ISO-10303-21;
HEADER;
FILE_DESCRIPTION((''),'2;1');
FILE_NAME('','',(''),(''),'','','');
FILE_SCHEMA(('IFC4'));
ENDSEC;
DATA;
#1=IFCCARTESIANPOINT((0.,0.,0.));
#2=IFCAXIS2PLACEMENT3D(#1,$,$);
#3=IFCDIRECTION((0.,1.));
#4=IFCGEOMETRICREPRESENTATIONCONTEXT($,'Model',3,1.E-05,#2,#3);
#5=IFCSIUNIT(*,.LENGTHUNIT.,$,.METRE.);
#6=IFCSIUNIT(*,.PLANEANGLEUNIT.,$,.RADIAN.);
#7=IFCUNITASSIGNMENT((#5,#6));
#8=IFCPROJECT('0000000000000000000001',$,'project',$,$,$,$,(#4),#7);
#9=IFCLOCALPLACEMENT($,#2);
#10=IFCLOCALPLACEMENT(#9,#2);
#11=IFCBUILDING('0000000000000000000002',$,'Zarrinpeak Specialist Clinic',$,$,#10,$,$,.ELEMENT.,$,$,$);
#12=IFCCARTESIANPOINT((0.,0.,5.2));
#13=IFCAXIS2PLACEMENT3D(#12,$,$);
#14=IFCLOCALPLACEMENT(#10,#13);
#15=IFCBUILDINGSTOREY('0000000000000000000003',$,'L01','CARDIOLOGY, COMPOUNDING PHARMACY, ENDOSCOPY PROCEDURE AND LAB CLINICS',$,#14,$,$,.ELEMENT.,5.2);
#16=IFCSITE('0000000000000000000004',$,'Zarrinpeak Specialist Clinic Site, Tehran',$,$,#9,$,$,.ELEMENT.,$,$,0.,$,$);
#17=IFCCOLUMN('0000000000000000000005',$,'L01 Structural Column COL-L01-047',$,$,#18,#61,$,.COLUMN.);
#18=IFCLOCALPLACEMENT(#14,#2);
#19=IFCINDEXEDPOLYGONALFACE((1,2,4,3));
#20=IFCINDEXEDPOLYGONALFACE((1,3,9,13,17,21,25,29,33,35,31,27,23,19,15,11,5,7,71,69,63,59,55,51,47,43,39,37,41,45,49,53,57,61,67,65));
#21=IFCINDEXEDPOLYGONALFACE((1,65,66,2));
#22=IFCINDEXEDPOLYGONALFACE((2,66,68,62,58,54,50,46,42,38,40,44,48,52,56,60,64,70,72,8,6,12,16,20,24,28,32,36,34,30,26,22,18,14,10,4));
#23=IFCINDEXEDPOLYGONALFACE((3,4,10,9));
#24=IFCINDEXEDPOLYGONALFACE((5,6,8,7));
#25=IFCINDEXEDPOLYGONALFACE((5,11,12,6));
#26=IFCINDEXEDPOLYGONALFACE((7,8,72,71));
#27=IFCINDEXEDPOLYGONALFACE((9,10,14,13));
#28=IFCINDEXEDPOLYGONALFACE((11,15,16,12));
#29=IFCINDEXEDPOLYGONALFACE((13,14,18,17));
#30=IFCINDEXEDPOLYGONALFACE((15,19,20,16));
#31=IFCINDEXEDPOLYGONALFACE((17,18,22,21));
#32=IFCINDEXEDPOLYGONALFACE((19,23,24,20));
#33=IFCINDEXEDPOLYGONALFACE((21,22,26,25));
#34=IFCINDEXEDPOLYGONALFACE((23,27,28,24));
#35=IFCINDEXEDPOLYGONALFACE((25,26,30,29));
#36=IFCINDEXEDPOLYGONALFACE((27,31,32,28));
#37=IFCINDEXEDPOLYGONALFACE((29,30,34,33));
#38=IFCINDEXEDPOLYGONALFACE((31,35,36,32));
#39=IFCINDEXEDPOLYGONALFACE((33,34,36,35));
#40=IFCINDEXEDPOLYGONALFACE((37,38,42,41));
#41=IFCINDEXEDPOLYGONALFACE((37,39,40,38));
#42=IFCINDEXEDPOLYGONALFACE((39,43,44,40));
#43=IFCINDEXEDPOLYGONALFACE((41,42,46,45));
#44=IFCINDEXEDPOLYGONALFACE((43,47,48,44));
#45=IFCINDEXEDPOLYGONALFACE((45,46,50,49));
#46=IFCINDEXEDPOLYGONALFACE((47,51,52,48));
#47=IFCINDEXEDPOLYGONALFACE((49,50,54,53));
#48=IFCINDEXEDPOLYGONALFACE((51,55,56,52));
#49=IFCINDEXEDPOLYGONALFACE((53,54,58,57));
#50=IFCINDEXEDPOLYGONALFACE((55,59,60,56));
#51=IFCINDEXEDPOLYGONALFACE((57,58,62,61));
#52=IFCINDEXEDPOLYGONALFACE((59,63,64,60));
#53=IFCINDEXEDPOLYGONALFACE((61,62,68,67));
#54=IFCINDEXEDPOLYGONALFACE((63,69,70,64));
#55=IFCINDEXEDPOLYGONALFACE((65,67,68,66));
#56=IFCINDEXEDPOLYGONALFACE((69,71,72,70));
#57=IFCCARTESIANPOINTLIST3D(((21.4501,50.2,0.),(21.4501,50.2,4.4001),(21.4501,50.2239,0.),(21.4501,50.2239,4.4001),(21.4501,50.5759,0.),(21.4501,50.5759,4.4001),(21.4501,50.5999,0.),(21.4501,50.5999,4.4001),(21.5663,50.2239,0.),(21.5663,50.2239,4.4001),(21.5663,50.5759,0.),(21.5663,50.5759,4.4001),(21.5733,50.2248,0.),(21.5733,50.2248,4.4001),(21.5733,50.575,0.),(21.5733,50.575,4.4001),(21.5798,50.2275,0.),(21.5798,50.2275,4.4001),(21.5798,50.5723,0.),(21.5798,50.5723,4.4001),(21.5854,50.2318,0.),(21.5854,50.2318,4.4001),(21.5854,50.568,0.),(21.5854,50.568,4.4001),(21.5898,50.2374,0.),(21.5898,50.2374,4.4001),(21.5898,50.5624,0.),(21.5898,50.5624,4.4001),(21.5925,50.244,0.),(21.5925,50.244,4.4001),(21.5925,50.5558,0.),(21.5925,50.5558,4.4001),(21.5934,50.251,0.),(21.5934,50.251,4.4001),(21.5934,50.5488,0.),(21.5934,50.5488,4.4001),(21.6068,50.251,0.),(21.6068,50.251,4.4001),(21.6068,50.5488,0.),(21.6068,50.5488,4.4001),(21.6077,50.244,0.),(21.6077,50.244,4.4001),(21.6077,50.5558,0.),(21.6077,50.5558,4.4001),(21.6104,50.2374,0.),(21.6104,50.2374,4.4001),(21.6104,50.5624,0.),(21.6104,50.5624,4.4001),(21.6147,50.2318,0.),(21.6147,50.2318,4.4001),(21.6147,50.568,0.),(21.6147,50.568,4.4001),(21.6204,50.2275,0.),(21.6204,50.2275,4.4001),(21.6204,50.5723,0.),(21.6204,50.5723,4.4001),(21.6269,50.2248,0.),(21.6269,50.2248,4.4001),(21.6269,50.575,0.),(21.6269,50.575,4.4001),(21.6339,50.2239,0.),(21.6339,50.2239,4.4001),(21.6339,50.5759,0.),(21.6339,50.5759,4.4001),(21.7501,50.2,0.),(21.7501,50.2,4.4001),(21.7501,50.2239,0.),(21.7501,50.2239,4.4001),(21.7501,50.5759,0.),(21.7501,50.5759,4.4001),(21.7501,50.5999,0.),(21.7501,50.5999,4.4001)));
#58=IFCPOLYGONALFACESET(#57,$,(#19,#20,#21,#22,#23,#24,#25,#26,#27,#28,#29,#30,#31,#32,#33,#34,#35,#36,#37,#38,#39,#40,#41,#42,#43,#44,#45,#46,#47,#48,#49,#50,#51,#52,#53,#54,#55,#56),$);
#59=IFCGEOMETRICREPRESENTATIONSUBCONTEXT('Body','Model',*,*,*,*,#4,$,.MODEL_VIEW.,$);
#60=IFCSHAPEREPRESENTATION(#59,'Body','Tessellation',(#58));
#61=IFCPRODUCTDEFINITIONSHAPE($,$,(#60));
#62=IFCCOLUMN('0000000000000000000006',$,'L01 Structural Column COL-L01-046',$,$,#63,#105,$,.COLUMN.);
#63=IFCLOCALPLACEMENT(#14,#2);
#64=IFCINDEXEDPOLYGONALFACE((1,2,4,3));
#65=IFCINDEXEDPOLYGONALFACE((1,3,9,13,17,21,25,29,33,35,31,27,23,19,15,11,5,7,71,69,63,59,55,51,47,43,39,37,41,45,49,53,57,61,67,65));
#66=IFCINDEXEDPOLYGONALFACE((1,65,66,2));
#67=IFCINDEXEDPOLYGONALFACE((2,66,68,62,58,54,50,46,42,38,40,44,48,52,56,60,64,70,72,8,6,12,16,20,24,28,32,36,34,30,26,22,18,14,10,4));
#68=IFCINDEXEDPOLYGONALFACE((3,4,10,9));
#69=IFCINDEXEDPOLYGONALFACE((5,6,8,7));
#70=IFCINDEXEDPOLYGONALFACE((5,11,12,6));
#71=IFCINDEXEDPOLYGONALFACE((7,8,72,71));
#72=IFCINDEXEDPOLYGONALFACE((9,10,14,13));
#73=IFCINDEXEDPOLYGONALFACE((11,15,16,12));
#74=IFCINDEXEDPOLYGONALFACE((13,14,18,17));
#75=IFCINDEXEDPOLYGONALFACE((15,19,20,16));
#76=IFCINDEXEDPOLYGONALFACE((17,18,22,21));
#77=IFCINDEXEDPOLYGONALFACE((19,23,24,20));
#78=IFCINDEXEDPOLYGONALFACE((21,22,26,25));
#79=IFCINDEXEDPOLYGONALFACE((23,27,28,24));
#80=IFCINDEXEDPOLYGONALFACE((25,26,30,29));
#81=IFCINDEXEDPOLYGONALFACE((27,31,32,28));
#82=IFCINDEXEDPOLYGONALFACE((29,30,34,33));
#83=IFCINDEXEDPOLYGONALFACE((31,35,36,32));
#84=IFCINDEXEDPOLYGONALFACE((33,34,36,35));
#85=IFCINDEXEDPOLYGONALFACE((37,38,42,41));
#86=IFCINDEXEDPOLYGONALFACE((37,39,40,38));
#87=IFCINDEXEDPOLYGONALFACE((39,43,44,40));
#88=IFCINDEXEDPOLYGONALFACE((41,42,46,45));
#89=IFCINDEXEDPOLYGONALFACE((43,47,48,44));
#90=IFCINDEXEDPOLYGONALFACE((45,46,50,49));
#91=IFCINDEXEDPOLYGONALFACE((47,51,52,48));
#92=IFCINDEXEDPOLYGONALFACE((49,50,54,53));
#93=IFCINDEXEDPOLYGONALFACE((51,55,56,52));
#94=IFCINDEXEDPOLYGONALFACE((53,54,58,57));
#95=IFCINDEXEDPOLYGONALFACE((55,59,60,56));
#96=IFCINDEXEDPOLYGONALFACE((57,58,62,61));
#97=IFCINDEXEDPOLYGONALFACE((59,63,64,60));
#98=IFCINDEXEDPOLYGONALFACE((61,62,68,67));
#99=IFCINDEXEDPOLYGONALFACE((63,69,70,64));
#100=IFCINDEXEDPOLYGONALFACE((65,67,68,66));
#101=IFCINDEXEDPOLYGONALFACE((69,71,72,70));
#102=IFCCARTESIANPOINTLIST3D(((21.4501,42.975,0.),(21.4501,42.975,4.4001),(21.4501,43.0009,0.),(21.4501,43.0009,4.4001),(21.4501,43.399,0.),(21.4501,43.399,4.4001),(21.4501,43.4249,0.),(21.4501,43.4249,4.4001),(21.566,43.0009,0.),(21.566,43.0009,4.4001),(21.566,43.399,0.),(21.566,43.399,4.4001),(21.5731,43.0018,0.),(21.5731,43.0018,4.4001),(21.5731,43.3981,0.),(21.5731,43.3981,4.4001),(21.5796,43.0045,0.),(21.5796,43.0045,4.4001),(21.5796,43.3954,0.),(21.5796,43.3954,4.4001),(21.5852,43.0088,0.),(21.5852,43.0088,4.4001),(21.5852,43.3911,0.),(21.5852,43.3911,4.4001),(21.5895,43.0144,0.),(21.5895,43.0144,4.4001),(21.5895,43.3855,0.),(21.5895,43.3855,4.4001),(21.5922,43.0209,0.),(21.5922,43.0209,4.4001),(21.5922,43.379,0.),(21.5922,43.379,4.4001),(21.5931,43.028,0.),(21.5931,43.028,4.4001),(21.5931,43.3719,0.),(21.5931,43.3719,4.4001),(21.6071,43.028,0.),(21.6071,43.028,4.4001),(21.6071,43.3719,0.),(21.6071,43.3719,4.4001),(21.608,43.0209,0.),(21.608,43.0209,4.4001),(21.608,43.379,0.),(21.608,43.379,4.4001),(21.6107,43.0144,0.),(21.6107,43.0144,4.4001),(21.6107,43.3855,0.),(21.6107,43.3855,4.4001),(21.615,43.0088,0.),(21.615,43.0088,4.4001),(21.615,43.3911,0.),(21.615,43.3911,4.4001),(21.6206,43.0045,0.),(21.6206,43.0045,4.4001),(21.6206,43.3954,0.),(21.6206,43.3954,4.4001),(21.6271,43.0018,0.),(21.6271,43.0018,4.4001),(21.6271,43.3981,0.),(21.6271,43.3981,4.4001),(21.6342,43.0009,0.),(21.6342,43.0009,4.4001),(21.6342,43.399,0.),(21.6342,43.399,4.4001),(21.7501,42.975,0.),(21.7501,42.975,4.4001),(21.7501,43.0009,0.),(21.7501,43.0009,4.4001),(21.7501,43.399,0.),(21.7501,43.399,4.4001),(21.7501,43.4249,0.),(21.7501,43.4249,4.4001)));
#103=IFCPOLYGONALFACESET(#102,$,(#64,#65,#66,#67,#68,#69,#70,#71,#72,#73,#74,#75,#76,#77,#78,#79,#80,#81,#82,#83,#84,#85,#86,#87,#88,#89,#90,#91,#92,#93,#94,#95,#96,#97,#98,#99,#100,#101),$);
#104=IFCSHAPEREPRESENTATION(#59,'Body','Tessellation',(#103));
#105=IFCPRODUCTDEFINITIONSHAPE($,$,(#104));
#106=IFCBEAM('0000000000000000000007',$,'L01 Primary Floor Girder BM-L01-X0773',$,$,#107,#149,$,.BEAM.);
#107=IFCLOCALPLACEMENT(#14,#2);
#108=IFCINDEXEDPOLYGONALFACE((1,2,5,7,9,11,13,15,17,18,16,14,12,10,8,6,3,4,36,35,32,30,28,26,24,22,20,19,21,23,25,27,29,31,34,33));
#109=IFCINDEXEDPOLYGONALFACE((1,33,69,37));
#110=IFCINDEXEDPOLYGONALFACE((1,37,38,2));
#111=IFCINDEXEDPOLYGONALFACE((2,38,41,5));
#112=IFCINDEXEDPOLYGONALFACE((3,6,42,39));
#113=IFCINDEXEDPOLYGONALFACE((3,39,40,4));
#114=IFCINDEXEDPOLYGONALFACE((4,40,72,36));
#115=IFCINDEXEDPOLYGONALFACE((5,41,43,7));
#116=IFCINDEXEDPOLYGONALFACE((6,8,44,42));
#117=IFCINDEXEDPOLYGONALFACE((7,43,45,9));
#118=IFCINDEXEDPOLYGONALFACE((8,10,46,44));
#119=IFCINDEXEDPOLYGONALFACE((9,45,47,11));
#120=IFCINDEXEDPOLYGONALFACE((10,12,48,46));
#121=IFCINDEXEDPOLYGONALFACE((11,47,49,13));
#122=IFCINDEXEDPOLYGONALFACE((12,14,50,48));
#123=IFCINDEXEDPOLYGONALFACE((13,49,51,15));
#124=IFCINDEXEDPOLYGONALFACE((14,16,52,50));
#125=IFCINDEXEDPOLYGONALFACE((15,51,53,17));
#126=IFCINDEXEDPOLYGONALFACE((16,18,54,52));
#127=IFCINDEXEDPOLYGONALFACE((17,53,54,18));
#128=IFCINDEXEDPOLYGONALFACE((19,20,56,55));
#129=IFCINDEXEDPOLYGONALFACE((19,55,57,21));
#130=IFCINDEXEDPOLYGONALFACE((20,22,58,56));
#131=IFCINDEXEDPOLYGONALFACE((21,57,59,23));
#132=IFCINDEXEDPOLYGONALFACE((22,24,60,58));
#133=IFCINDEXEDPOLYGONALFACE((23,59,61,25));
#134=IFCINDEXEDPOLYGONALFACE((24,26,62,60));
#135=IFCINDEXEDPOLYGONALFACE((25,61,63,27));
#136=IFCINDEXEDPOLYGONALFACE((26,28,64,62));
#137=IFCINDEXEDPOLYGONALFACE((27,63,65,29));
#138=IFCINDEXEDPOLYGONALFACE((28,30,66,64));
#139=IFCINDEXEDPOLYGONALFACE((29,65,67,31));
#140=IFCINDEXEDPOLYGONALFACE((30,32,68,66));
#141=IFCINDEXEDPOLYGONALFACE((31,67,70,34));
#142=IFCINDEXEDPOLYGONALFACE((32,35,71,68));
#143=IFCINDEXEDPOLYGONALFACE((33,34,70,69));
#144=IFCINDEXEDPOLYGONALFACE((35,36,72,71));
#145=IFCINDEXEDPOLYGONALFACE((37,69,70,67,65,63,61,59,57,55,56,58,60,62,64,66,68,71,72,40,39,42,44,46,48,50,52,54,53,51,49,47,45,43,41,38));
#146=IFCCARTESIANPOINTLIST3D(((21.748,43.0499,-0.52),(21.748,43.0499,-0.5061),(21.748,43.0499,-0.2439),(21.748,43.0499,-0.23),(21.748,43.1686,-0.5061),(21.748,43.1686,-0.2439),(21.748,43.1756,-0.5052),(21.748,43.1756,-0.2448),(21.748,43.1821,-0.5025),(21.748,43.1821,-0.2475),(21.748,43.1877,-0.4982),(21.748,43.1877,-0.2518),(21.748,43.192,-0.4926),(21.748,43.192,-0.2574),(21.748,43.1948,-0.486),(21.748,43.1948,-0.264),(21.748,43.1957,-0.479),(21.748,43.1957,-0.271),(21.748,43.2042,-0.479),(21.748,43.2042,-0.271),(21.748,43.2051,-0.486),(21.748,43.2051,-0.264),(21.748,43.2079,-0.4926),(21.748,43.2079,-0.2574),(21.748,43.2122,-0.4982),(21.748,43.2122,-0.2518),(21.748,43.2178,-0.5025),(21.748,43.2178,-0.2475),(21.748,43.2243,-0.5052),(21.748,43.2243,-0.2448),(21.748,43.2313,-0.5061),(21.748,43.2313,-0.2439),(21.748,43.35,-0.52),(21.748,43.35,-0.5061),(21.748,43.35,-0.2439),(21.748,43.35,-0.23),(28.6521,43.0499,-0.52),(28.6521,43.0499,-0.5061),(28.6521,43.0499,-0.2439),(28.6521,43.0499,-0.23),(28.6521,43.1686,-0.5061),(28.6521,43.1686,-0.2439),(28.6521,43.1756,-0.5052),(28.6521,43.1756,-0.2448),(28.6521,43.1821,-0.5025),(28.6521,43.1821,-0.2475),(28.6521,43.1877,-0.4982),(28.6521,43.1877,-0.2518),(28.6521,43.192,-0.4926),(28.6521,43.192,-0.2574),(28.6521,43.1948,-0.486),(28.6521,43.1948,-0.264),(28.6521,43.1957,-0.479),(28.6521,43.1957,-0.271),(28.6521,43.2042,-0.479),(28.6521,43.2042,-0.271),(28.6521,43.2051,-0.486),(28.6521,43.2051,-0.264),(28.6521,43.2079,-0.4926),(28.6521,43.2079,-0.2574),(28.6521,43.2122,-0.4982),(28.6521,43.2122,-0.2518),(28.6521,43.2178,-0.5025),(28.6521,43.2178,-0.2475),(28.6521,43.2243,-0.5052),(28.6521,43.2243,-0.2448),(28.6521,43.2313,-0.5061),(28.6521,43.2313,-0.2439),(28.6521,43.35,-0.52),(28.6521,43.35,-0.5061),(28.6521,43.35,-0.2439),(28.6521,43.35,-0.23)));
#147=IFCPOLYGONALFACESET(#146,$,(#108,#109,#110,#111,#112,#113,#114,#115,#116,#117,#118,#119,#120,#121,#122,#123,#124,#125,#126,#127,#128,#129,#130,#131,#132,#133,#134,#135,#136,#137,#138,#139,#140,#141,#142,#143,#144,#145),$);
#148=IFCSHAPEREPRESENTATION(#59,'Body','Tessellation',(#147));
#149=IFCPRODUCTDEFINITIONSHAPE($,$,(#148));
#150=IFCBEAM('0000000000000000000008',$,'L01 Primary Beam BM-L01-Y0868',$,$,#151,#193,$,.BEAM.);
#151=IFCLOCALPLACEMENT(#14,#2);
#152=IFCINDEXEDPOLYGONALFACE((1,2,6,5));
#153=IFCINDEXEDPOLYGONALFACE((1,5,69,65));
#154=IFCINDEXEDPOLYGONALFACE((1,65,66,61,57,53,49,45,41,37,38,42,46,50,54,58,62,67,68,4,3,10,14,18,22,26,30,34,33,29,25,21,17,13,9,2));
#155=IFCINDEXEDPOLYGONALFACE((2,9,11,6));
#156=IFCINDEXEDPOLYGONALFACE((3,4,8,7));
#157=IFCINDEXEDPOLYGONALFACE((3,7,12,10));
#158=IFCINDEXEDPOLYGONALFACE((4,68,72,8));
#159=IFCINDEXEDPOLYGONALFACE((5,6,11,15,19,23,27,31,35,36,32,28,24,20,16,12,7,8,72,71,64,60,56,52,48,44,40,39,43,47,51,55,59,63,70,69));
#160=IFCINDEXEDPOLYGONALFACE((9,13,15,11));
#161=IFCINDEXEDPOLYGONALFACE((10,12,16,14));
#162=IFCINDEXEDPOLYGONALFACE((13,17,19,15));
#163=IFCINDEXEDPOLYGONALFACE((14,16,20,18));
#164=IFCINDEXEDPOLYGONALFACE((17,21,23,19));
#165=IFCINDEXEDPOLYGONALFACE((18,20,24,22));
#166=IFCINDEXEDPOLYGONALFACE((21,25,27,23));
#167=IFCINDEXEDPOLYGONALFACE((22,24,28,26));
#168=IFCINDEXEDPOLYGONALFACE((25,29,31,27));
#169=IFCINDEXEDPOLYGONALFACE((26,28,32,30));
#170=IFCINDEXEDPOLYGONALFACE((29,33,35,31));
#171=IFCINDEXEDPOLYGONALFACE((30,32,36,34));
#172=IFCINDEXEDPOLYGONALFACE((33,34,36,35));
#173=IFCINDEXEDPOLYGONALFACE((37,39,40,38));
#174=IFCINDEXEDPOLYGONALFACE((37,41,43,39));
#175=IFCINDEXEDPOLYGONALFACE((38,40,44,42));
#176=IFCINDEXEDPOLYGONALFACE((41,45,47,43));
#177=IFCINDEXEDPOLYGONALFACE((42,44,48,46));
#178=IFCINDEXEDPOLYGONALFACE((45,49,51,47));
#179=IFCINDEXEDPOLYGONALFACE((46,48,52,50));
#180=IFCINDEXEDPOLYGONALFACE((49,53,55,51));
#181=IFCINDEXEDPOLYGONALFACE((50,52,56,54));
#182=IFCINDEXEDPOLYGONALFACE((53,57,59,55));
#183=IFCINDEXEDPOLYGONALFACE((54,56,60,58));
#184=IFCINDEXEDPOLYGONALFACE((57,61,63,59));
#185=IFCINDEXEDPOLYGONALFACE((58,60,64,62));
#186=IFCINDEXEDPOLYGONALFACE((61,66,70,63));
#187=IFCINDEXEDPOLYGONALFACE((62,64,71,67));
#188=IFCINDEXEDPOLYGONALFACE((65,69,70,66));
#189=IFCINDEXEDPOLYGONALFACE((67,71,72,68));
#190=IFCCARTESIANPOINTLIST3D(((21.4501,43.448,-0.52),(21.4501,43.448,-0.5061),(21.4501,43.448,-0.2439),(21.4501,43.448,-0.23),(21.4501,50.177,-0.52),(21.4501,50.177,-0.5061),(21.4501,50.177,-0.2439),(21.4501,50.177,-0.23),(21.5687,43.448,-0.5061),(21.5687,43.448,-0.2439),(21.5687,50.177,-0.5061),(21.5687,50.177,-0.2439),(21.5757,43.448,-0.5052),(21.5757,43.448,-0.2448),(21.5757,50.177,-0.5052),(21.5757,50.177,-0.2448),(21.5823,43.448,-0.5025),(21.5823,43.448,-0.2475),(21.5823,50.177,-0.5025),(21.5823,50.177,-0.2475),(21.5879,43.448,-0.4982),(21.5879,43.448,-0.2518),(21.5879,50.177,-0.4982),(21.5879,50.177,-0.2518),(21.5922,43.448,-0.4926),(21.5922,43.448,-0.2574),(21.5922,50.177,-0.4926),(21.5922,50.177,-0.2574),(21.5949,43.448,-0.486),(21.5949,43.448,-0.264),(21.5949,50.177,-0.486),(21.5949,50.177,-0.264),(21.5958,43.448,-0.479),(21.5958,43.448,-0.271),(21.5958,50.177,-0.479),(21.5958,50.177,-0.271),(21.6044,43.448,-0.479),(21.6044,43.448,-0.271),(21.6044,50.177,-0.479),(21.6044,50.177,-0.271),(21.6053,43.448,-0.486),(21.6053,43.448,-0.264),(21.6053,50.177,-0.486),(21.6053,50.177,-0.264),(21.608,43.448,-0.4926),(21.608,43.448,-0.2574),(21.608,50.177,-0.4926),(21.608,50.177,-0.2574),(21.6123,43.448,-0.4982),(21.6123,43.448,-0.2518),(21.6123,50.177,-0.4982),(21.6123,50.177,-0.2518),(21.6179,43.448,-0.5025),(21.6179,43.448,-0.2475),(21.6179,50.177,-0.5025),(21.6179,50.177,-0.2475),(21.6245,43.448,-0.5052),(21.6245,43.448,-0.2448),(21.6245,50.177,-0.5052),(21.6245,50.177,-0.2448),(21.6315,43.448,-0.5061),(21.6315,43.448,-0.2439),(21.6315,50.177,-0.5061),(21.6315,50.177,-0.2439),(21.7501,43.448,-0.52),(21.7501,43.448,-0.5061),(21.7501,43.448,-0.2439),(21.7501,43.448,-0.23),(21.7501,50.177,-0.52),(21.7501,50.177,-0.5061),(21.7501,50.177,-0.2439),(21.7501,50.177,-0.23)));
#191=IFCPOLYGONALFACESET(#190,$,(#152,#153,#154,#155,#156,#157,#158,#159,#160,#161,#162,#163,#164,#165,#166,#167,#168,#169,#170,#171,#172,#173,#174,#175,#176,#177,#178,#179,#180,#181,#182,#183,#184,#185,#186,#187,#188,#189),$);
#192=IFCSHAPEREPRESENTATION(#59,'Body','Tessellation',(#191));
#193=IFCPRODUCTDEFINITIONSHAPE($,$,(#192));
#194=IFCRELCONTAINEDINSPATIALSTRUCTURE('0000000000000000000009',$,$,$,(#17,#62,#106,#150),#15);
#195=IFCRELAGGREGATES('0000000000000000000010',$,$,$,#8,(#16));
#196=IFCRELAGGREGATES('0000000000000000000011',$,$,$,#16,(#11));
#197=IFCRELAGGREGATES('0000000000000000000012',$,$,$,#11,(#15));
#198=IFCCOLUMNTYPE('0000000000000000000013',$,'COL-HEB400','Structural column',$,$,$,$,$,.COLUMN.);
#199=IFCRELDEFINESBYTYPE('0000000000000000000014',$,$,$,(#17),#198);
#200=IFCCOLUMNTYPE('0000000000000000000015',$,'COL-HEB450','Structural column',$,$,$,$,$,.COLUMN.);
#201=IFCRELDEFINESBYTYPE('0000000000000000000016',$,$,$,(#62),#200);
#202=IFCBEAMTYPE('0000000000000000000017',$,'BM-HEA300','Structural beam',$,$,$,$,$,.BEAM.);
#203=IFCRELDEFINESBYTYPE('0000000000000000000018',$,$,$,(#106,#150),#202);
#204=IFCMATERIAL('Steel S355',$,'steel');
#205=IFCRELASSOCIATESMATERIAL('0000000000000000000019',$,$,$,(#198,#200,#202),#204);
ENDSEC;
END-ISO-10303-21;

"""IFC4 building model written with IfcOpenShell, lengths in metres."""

from ifc_helpers import new_model, si_unit, direction, frame, origin, origin_2d, place, context, subcontext, project, spatial, i_section, extrude, material, material_profile, profile_set, type_object, element, save


model = new_model("IFC4")

# Units and contexts
model_context = context("Model", 3, precision=1e-05, world=origin(), true_north=direction((0.0, 1.0)))
body_context = subcontext(model_context, "Body", "Model", "MODEL_VIEW")
ifc_project = project(units=[si_unit("LENGTHUNIT", "METRE"), si_unit("PLANEANGLEUNIT", "RADIAN")], contexts=[model_context])

# Site, building, storey
site_placement = place(None, origin())
site = spatial("IfcSite", under=ifc_project, at=site_placement, Name="Zarrinpeak Specialist Clinic Site, Tehran", CompositionType="ELEMENT", RefElevation=0.0)
building_placement = place(site_placement, origin())
building = spatial("IfcBuilding", under=site, at=building_placement, Name="Zarrinpeak Specialist Clinic", CompositionType="ELEMENT")
storey_placement = place(building_placement, frame((0.0, 0.0, 5.2)))
storey = spatial("IfcBuildingStorey", under=building, at=storey_placement, Name="L01", Description="CARDIOLOGY, COMPOUNDING PHARMACY, ENDOSCOPY PROCEDURE AND LAB CLINICS", CompositionType="ELEMENT", Elevation=5.2)

# Columns
ifc_material_1 = material(Name="Steel S355", Category="steel")
ifc_material_profile_1 = material_profile(ifc_material_1, i_section(OverallWidth=0.3, OverallDepth=0.3999, WebThickness=0.0134, FlangeThickness=0.0239, FilletRadius=0.0271, at=origin_2d()), Name="HEB 400")
ifc_profile_set_1 = profile_set([ifc_material_profile_1], Name="Steel S355")
column_type_1 = type_object("IfcColumnType", Name="COL-HEB400", Description="Structural column", PredefinedType="COLUMN", material=ifc_profile_set_1)
column_1_placement = place(storey_placement, frame((21.6001, 50.3999, 0.0), z_axis=(0.0, 0.0, 1.0), x_axis=(1.0, 0.0, 0.0)))
element("IfcColumn", 1, at=column_1_placement, inside=storey, type_object=column_type_1, Name="L01 Structural Column COL-L01-047", PredefinedType="COLUMN", context=body_context, shape_type="SweptSolid", body=[
    extrude(i_section(OverallWidth=0.3, OverallDepth=0.3999, WebThickness=0.0134, FlangeThickness=0.0239, FilletRadius=0.0271, at=origin_2d()), origin(), (0.0, 0.0, 1.0), 4.4001),
])
ifc_material_profile_2 = material_profile(ifc_material_1, i_section(OverallWidth=0.3, OverallDepth=0.45, WebThickness=0.0139, FlangeThickness=0.0259, FilletRadius=0.0271, at=origin_2d()), Name="HEB 450")
ifc_profile_set_2 = profile_set([ifc_material_profile_2], Name="Steel S355")
column_type_2 = type_object("IfcColumnType", Name="COL-HEB450", Description="Structural column", PredefinedType="COLUMN", material=ifc_profile_set_2)
column_2_placement = place(storey_placement, frame((21.6001, 43.2, 0.0), z_axis=(0.0, 0.0, 1.0), x_axis=(1.0, 0.0, 0.0)))
element("IfcColumn", 2, at=column_2_placement, inside=storey, type_object=column_type_2, Name="L01 Structural Column COL-L01-046", PredefinedType="COLUMN", context=body_context, shape_type="SweptSolid", body=[
    extrude(i_section(OverallWidth=0.3, OverallDepth=0.45, WebThickness=0.0139, FlangeThickness=0.0259, FilletRadius=0.0271, at=origin_2d()), origin(), (0.0, 0.0, 1.0), 4.4001),
])

# Beams
ifc_material_profile_3 = material_profile(ifc_material_1, i_section(OverallWidth=0.3, OverallDepth=0.29, WebThickness=0.0085, FlangeThickness=0.0139, FilletRadius=0.0271, at=origin_2d()), Name="HEA 300")
ifc_profile_set_3 = profile_set([ifc_material_profile_3], Name="Steel S355")
beam_type_1 = type_object("IfcBeamType", Name="BM-HEA300", Description="Structural beam", PredefinedType="BEAM", material=ifc_profile_set_3)
beam_1_placement = place(storey_placement, frame((21.748, 43.2, -0.375), z_axis=(1.0, 0.0, 0.0), x_axis=(0.0, 1.0, 0.0)))
element("IfcBeam", 3, at=beam_1_placement, inside=storey, type_object=beam_type_1, Name="L01 Primary Floor Girder BM-L01-X0773", PredefinedType="BEAM", context=body_context, shape_type="SweptSolid", body=[
    extrude(i_section(OverallWidth=0.3, OverallDepth=0.29, WebThickness=0.0085, FlangeThickness=0.0139, FilletRadius=0.0271, at=origin_2d()), origin(), (0.0, 0.0, 1.0), 6.9041),
])
beam_2_placement = place(storey_placement, frame((21.6001, 43.448, -0.375), z_axis=(0.0, 1.0, 0.0), x_axis=(-1.0, 0.0, 0.0)))
element("IfcBeam", 4, at=beam_2_placement, inside=storey, type_object=beam_type_1, Name="L01 Primary Beam BM-L01-Y0868", PredefinedType="BEAM", context=body_context, shape_type="SweptSolid", body=[
    extrude(i_section(OverallWidth=0.3, OverallDepth=0.29, WebThickness=0.0085, FlangeThickness=0.0139, FilletRadius=0.0271, at=origin_2d()), origin(), (0.0, 0.0, 1.0), 6.729),
])

save(model, "model.ifc")
